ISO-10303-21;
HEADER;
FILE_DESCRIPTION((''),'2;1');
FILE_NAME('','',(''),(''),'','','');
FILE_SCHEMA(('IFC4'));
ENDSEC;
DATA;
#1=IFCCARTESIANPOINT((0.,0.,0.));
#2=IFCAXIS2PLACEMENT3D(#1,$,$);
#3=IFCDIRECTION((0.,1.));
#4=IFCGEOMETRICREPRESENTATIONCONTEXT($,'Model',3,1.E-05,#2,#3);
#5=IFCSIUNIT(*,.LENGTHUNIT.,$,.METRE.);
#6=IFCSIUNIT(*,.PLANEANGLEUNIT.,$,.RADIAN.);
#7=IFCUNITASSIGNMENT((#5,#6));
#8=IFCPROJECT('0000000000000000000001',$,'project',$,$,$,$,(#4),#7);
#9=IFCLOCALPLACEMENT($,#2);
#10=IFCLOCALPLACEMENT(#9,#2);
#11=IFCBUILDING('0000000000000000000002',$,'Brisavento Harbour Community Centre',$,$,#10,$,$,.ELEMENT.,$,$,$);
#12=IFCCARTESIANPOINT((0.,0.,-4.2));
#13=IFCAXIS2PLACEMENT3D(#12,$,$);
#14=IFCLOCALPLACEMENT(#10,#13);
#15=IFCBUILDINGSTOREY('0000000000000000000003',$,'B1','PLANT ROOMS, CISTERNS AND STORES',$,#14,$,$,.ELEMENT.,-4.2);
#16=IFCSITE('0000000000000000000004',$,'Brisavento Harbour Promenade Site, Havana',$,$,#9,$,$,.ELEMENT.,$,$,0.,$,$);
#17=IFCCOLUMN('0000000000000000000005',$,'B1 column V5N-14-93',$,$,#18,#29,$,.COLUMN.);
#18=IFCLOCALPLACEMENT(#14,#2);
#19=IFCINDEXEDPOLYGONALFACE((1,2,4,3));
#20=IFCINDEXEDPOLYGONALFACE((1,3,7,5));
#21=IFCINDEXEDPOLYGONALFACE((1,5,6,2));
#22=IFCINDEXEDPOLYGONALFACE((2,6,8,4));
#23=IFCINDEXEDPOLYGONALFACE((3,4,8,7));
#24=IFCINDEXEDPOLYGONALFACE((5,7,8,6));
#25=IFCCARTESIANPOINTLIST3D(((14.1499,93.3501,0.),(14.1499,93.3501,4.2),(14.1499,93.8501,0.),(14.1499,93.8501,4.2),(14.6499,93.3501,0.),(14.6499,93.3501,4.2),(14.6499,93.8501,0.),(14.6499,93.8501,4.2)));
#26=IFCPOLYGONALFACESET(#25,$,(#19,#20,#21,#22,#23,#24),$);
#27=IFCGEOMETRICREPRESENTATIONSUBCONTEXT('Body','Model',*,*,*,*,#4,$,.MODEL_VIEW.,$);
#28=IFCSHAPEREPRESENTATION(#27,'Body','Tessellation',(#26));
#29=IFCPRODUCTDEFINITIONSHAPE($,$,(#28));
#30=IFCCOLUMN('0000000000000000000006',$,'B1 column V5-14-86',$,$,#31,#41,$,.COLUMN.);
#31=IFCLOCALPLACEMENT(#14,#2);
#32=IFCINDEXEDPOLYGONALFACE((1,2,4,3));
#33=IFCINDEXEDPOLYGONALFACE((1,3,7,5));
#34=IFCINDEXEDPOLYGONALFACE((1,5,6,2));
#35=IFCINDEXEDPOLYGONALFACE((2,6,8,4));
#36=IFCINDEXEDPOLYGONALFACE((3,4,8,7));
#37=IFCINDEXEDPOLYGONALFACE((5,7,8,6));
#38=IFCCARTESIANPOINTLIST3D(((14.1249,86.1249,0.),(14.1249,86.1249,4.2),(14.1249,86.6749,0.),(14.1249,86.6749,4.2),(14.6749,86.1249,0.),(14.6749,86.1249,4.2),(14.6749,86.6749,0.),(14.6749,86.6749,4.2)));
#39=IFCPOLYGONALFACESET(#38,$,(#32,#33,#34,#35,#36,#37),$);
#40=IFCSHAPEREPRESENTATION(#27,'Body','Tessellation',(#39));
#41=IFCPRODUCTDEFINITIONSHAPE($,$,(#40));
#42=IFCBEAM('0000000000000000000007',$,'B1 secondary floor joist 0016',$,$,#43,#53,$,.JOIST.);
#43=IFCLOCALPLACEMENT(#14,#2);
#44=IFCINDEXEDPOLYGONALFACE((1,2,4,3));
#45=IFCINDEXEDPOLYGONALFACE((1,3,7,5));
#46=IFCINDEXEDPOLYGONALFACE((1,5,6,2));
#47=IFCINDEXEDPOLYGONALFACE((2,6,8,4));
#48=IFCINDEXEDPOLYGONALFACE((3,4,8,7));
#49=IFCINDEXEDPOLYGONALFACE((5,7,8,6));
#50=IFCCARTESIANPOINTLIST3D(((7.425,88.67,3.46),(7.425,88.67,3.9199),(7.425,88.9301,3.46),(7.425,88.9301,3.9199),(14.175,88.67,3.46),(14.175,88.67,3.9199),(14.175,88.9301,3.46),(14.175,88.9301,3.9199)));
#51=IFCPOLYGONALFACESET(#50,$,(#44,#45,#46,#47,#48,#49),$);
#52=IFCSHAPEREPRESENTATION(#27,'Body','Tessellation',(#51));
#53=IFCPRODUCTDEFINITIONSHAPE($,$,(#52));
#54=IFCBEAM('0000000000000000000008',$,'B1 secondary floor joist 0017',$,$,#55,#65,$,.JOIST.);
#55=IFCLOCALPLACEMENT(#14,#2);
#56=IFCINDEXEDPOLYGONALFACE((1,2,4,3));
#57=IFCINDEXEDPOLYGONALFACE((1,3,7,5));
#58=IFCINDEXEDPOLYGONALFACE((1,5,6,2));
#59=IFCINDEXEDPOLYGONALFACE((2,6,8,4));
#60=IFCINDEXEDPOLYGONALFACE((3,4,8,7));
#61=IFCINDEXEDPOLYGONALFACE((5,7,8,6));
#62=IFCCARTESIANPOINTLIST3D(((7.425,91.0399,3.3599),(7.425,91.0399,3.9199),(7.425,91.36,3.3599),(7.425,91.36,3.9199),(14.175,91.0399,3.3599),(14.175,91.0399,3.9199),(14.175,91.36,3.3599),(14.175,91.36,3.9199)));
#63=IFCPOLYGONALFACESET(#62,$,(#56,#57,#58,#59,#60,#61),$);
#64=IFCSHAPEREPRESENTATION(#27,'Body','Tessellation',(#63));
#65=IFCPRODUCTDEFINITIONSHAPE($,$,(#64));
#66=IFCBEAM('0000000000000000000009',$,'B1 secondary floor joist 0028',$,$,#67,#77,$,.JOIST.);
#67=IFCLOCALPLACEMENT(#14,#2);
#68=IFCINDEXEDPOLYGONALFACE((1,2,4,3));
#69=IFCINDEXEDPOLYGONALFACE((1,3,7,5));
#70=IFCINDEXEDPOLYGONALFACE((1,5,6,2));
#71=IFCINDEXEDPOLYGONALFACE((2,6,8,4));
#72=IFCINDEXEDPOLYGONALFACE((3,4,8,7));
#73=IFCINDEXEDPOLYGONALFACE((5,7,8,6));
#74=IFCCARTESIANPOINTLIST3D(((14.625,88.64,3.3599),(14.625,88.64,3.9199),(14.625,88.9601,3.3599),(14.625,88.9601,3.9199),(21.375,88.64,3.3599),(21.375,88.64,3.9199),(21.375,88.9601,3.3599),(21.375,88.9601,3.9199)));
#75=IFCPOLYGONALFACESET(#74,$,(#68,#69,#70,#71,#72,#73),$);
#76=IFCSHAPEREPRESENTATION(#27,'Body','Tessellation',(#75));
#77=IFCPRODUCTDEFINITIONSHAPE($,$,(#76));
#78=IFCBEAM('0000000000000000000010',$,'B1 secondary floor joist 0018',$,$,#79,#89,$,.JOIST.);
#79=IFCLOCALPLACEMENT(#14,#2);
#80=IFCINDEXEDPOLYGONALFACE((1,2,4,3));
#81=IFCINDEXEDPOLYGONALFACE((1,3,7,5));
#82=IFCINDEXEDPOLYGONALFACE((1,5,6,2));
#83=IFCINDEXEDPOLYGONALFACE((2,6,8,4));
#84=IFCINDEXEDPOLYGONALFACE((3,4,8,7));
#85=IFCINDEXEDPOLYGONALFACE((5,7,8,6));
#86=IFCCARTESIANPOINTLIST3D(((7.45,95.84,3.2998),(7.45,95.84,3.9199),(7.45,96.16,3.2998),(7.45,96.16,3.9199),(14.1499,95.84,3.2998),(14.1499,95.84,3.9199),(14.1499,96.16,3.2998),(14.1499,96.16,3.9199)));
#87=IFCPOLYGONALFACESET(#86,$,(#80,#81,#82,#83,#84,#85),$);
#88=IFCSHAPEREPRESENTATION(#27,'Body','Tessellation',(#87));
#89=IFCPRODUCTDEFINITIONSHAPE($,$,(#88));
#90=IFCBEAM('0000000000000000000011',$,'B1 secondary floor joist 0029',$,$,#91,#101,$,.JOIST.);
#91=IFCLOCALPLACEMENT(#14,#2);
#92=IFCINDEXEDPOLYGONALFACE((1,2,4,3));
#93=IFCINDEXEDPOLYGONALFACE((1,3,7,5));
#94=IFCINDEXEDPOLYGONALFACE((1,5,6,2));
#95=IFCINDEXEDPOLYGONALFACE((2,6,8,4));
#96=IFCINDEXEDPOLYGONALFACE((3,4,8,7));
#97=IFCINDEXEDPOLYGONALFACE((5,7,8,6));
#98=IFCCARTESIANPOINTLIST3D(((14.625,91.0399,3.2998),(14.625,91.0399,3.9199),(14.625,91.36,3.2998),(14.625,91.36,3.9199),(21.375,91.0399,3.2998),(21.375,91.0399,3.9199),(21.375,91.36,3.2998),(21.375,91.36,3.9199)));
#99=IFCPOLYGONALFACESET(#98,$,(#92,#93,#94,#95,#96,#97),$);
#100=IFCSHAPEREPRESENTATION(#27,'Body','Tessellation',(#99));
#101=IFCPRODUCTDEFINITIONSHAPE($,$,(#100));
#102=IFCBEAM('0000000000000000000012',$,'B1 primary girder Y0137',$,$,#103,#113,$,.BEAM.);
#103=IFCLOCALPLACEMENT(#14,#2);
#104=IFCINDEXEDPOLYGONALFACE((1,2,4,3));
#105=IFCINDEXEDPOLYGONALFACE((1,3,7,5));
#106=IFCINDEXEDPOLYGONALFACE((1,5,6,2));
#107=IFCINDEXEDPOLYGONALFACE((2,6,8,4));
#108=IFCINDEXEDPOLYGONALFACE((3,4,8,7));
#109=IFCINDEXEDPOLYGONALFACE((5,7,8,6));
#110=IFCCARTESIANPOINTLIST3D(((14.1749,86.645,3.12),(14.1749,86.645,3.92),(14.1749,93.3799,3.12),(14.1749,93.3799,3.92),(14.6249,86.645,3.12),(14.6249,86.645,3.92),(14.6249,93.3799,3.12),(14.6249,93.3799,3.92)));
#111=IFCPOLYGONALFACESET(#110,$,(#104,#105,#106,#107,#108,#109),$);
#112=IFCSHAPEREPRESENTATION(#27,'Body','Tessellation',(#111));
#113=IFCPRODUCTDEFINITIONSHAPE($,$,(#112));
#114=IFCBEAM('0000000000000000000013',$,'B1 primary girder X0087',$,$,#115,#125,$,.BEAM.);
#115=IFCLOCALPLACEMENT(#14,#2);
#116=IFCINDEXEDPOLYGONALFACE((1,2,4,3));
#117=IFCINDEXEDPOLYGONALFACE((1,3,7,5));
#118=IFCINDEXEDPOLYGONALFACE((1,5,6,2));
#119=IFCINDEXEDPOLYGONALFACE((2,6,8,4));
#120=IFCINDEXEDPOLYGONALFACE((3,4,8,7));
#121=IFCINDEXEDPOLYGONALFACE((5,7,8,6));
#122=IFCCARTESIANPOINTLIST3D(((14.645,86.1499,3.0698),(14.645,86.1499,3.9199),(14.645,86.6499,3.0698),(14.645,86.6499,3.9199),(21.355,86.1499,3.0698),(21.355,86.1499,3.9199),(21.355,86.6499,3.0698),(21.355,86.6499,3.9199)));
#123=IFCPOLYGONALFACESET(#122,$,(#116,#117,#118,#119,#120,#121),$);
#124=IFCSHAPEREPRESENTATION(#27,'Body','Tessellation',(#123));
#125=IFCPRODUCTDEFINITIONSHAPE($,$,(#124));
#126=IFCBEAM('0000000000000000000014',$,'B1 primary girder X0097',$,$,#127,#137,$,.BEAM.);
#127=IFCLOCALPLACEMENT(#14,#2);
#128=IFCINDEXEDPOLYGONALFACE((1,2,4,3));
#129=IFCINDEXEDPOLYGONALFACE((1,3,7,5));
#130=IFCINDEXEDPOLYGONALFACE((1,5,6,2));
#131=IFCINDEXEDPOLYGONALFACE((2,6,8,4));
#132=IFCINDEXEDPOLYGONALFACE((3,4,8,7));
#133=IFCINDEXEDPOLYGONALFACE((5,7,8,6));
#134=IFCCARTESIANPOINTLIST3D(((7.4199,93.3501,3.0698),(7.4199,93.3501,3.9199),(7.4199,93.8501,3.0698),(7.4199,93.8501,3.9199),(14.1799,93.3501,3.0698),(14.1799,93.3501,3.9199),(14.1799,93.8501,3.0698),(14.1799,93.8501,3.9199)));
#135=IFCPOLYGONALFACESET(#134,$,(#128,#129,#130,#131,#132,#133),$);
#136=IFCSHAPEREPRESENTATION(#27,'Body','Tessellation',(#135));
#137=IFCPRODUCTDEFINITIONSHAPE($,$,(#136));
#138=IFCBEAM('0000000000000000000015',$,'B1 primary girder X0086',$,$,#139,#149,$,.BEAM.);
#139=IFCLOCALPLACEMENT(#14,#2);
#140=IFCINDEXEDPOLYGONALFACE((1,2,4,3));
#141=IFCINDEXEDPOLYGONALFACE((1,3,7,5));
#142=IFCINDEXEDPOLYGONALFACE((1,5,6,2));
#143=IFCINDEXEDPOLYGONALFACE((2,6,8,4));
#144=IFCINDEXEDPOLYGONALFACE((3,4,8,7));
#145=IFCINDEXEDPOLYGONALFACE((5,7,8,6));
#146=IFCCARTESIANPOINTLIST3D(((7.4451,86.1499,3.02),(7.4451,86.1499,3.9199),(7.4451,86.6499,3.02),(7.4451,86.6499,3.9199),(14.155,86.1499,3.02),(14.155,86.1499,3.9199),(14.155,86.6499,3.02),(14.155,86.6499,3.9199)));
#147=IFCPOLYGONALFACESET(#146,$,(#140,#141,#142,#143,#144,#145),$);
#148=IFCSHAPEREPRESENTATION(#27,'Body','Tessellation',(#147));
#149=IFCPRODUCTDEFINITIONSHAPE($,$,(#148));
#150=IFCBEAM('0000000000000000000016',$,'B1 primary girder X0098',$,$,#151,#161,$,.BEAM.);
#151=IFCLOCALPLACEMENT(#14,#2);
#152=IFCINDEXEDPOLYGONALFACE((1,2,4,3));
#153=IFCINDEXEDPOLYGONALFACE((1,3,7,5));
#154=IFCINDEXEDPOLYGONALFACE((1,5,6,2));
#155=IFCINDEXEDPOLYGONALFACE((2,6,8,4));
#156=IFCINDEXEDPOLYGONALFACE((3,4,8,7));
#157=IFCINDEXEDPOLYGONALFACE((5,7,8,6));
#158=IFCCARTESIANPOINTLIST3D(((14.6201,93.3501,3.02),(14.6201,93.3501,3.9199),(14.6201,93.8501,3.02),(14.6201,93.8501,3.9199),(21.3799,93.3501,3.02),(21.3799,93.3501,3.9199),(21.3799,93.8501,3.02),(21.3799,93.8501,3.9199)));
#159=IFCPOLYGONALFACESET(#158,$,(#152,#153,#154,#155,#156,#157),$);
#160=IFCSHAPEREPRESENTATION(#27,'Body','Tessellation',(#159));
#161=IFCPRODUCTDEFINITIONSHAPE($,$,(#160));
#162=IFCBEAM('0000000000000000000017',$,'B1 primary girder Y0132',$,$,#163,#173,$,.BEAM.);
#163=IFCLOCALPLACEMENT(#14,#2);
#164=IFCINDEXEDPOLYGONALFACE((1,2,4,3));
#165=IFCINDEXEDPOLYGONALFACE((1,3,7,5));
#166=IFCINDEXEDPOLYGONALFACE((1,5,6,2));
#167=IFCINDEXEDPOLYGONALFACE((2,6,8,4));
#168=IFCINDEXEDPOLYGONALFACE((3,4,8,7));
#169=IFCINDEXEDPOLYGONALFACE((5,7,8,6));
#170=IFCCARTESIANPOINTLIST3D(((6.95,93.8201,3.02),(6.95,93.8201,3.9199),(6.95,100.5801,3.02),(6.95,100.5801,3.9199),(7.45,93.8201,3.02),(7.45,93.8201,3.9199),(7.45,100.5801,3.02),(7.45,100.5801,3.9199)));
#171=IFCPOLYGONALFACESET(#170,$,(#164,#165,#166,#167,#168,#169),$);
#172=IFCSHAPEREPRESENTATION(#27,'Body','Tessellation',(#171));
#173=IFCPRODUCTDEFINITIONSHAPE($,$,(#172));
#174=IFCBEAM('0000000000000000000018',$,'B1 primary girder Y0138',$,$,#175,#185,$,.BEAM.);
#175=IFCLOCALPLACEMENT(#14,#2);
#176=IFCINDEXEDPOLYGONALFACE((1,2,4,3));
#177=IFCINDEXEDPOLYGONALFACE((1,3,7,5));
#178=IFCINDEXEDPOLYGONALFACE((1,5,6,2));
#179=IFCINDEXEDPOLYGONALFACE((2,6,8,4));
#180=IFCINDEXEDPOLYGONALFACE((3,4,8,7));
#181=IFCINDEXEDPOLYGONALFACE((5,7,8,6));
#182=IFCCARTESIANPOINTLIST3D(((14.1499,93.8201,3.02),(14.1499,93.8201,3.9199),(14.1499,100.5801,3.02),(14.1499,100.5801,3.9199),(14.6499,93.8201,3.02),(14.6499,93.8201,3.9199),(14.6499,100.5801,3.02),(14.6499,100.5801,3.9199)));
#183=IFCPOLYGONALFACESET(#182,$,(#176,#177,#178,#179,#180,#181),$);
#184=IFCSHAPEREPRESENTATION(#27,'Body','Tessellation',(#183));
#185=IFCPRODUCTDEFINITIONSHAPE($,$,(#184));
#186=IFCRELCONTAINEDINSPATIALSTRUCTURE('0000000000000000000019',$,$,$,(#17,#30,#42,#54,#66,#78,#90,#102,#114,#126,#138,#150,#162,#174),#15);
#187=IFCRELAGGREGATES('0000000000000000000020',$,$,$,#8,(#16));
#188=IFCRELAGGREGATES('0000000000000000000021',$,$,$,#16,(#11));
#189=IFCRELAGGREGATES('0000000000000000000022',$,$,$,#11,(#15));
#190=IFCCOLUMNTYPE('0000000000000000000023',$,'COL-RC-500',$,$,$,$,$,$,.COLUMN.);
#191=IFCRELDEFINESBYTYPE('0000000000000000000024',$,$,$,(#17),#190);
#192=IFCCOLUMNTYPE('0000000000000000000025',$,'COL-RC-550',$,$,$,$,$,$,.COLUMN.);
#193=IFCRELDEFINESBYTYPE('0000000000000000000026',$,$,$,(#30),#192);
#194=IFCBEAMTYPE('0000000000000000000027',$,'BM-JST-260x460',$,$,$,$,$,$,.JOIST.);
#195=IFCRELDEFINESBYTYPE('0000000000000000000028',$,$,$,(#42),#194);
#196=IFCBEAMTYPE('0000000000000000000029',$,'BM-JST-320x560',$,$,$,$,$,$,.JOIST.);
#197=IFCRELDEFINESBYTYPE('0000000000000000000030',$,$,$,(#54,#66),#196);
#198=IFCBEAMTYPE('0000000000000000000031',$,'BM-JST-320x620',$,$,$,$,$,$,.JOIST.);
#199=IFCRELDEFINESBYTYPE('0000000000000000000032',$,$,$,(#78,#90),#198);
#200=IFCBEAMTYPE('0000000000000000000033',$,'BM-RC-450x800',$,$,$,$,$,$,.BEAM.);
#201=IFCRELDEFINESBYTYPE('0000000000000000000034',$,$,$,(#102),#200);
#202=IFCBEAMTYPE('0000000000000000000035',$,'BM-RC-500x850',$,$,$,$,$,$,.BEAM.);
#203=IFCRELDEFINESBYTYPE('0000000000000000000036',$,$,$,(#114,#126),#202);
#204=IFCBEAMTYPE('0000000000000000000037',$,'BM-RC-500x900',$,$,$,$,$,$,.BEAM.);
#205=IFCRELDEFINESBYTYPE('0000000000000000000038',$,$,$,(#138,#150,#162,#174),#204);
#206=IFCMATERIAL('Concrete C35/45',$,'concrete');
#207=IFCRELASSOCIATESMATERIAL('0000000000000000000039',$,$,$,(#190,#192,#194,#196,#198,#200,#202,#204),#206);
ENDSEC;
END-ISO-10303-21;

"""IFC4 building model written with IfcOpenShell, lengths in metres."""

from ifc_helpers import new_model, si_unit, direction, frame, origin, origin_2d, place, context, subcontext, project, spatial, rectangle, extrude, material, material_profile, profile_set, type_object, element, save


model = new_model("IFC4")

# Units and contexts
model_context = context("Model", 3, precision=1e-05, world=origin(), true_north=direction((0.0, 1.0)))
body_context = subcontext(model_context, "Body", "Model", "MODEL_VIEW")
ifc_project = project(units=[si_unit("LENGTHUNIT", "METRE"), si_unit("PLANEANGLEUNIT", "RADIAN")], contexts=[model_context])

# Site, building, storey
site_placement = place(None, origin())
site = spatial("IfcSite", under=ifc_project, at=site_placement, Name="Brisavento Harbour Promenade Site, Havana", CompositionType="ELEMENT", RefElevation=0.0)
building_placement = place(site_placement, origin())
building = spatial("IfcBuilding", under=site, at=building_placement, Name="Brisavento Harbour Community Centre", CompositionType="ELEMENT")
storey_placement = place(building_placement, frame((0.0, 0.0, -4.2)))
storey = spatial("IfcBuildingStorey", under=building, at=storey_placement, Name="B1", Description="PLANT ROOMS, CISTERNS AND STORES", CompositionType="ELEMENT", Elevation=-4.2)

# Shared definitions
ifc_material = material(Name="Concrete C35/45", Category="concrete")

# Columns
ifc_material_profile_1 = material_profile(ifc_material, rectangle(XDim=0.5, YDim=0.5, at=origin_2d()), Name="Concrete C35/45")
ifc_profile_set_1 = profile_set([ifc_material_profile_1], Name="Concrete C35/45")
column_type_1 = type_object("IfcColumnType", Name="COL-RC-500", PredefinedType="COLUMN", material=ifc_profile_set_1)
for number, where, z_axis, x_axis, name in (
    (1, (14.3999, 93.6001, 0.0), (0.0, 0.0, 1.0), (1.0, 0.0, 0.0), "B1 column V5N-14-93"),
):
    element("IfcColumn", number, at=place(storey_placement, frame(where, z_axis=z_axis, x_axis=x_axis)), inside=storey, type_object=column_type_1, Name=name, PredefinedType="COLUMN", context=body_context, shape_type="SweptSolid", body=[
        extrude(rectangle(XDim=0.5, YDim=0.5, at=origin_2d()), origin(), (0.0, 0.0, 1.0), 4.2),
    ])
ifc_material_profile_2 = material_profile(ifc_material, rectangle(XDim=0.55, YDim=0.55, at=origin_2d()), Name="Concrete C35/45")
ifc_profile_set_2 = profile_set([ifc_material_profile_2], Name="Concrete C35/45")
column_type_2 = type_object("IfcColumnType", Name="COL-RC-550", PredefinedType="COLUMN", material=ifc_profile_set_2)
column_placement = place(storey_placement, frame((14.3999, 86.3999, 0.0), z_axis=(0.0, 0.0, 1.0), x_axis=(1.0, 0.0, 0.0)))
element("IfcColumn", 2, at=column_placement, inside=storey, type_object=column_type_2, Name="B1 column V5-14-86", PredefinedType="COLUMN", context=body_context, shape_type="SweptSolid", body=[
    extrude(rectangle(XDim=0.55, YDim=0.55, at=origin_2d()), origin(), (0.0, 0.0, 1.0), 4.2),
])

# Beams
ifc_material_profile_3 = material_profile(ifc_material, rectangle(XDim=0.26, YDim=0.46, at=origin_2d()), Name="Concrete C35/45")
ifc_profile_set_3 = profile_set([ifc_material_profile_3], Name="Concrete C35/45")
beam_type_1 = type_object("IfcBeamType", Name="BM-JST-260x460", PredefinedType="JOIST", material=ifc_profile_set_3)
beam_1_placement = place(storey_placement, frame((7.425, 88.8, 3.6899), z_axis=(1.0, 0.0, 0.0), x_axis=(0.0, 1.0, 0.0)))
element("IfcBeam", 3, at=beam_1_placement, inside=storey, type_object=beam_type_1, Name="B1 secondary floor joist 0016", PredefinedType="JOIST", context=body_context, shape_type="SweptSolid", body=[
    extrude(rectangle(XDim=0.26, YDim=0.46, at=origin_2d()), origin(), (0.0, 0.0, 1.0), 6.75),
])
ifc_material_profile_4 = material_profile(ifc_material, rectangle(XDim=0.3201, YDim=0.5601, at=origin_2d()), Name="Concrete C35/45")
ifc_profile_set_4 = profile_set([ifc_material_profile_4], Name="Concrete C35/45")
beam_type_2 = type_object("IfcBeamType", Name="BM-JST-320x560", PredefinedType="JOIST", material=ifc_profile_set_4)
for number, where, z_axis, x_axis, name in (
    (4, (7.425, 91.2, 3.6399), (1.0, 0.0, 0.0), (0.0, 1.0, 0.0), "B1 secondary floor joist 0017"),
    (5, (14.625, 88.8, 3.6399), (1.0, 0.0, 0.0), (0.0, 1.0, 0.0), "B1 secondary floor joist 0028"),
):
    element("IfcBeam", number, at=place(storey_placement, frame(where, z_axis=z_axis, x_axis=x_axis)), inside=storey, type_object=beam_type_2, Name=name, PredefinedType="JOIST", context=body_context, shape_type="SweptSolid", body=[
        extrude(rectangle(XDim=0.3201, YDim=0.5601, at=origin_2d()), origin(), (0.0, 0.0, 1.0), 6.75),
    ])
ifc_material_profile_5 = material_profile(ifc_material, rectangle(XDim=0.3201, YDim=0.6201, at=origin_2d()), Name="Concrete C35/45")
ifc_profile_set_5 = profile_set([ifc_material_profile_5], Name="Concrete C35/45")
beam_type_3 = type_object("IfcBeamType", Name="BM-JST-320x620", PredefinedType="JOIST", material=ifc_profile_set_5)
beam_2_placement = place(storey_placement, frame((7.45, 96.0, 3.6099), z_axis=(1.0, 0.0, 0.0), x_axis=(0.0, 1.0, 0.0)))
element("IfcBeam", 6, at=beam_2_placement, inside=storey, type_object=beam_type_3, Name="B1 secondary floor joist 0018", PredefinedType="JOIST", context=body_context, shape_type="SweptSolid", body=[
    extrude(rectangle(XDim=0.3201, YDim=0.6201, at=origin_2d()), origin(), (0.0, 0.0, 1.0), 6.7),
])
beam_3_placement = place(storey_placement, frame((14.625, 91.2, 3.6099), z_axis=(1.0, 0.0, 0.0), x_axis=(0.0, 1.0, 0.0)))
element("IfcBeam", 7, at=beam_3_placement, inside=storey, type_object=beam_type_3, Name="B1 secondary floor joist 0029", PredefinedType="JOIST", context=body_context, shape_type="SweptSolid", body=[
    extrude(rectangle(XDim=0.3201, YDim=0.6201, at=origin_2d()), origin(), (0.0, 0.0, 1.0), 6.75),
])
ifc_material_profile_6 = material_profile(ifc_material, rectangle(XDim=0.45, YDim=0.8, at=origin_2d()), Name="Concrete C35/45")
ifc_profile_set_6 = profile_set([ifc_material_profile_6], Name="Concrete C35/45")
beam_type_4 = type_object("IfcBeamType", Name="BM-RC-450x800", PredefinedType="BEAM", material=ifc_profile_set_6)
beam_4_placement = place(storey_placement, frame((14.3999, 86.645, 3.52), z_axis=(0.0, 1.0, 0.0), x_axis=(-1.0, 0.0, 0.0)))
element("IfcBeam", 8, at=beam_4_placement, inside=storey, type_object=beam_type_4, Name="B1 primary girder Y0137", PredefinedType="BEAM", context=body_context, shape_type="SweptSolid", body=[
    extrude(rectangle(XDim=0.45, YDim=0.8, at=origin_2d()), origin(), (0.0, 0.0, 1.0), 6.7349),
])
ifc_material_profile_7 = material_profile(ifc_material, rectangle(XDim=0.5, YDim=0.8501, at=origin_2d()), Name="Concrete C35/45")
ifc_profile_set_7 = profile_set([ifc_material_profile_7], Name="Concrete C35/45")
beam_type_5 = type_object("IfcBeamType", Name="BM-RC-500x850", PredefinedType="BEAM", material=ifc_profile_set_7)
beam_5_placement = place(storey_placement, frame((14.645, 86.3999, 3.4949), z_axis=(1.0, 0.0, 0.0), x_axis=(0.0, 1.0, 0.0)))
element("IfcBeam", 9, at=beam_5_placement, inside=storey, type_object=beam_type_5, Name="B1 primary girder X0087", PredefinedType="BEAM", context=body_context, shape_type="SweptSolid", body=[
    extrude(rectangle(XDim=0.5, YDim=0.8501, at=origin_2d()), origin(), (0.0, 0.0, 1.0), 6.71),
])
beam_6_placement = place(storey_placement, frame((7.4199, 93.6001, 3.4949), z_axis=(1.0, 0.0, 0.0), x_axis=(0.0, 1.0, 0.0)))
element("IfcBeam", 10, at=beam_6_placement, inside=storey, type_object=beam_type_5, Name="B1 primary girder X0097", PredefinedType="BEAM", context=body_context, shape_type="SweptSolid", body=[
    extrude(rectangle(XDim=0.5, YDim=0.8501, at=origin_2d()), origin(), (0.0, 0.0, 1.0), 6.76),
])
ifc_material_profile_8 = material_profile(ifc_material, rectangle(XDim=0.5, YDim=0.8999, at=origin_2d()), Name="Concrete C35/45")
ifc_profile_set_8 = profile_set([ifc_material_profile_8], Name="Concrete C35/45")
beam_type_6 = type_object("IfcBeamType", Name="BM-RC-500x900", PredefinedType="BEAM", material=ifc_profile_set_8)
beam_7_placement = place(storey_placement, frame((7.4451, 86.3999, 3.47), z_axis=(1.0, 0.0, 0.0), x_axis=(0.0, 1.0, 0.0)))
element("IfcBeam", 11, at=beam_7_placement, inside=storey, type_object=beam_type_6, Name="B1 primary girder X0086", PredefinedType="BEAM", context=body_context, shape_type="SweptSolid", body=[
    extrude(rectangle(XDim=0.5, YDim=0.8999, at=origin_2d()), origin(), (0.0, 0.0, 1.0), 6.71),
])
beam_8_placement = place(storey_placement, frame((14.6201, 93.6001, 3.47), z_axis=(1.0, 0.0, 0.0), x_axis=(0.0, 1.0, 0.0)))
element("IfcBeam", 12, at=beam_8_placement, inside=storey, type_object=beam_type_6, Name="B1 primary girder X0098", PredefinedType="BEAM", context=body_context, shape_type="SweptSolid", body=[
    extrude(rectangle(XDim=0.5, YDim=0.8999, at=origin_2d()), origin(), (0.0, 0.0, 1.0), 6.7598),
])
for number, where, z_axis, x_axis, name in (
    (13, (7.2, 93.8201, 3.47), (0.0, 1.0, 0.0), (-1.0, 0.0, 0.0), "B1 primary girder Y0132"),
    (14, (14.3999, 93.8201, 3.47), (0.0, 1.0, 0.0), (-1.0, 0.0, 0.0), "B1 primary girder Y0138"),
):
    element("IfcBeam", number, at=place(storey_placement, frame(where, z_axis=z_axis, x_axis=x_axis)), inside=storey, type_object=beam_type_6, Name=name, PredefinedType="BEAM", context=body_context, shape_type="SweptSolid", body=[
        extrude(rectangle(XDim=0.5, YDim=0.8999, at=origin_2d()), origin(), (0.0, 0.0, 1.0), 6.76),
    ])

save(model, "model.ifc")
